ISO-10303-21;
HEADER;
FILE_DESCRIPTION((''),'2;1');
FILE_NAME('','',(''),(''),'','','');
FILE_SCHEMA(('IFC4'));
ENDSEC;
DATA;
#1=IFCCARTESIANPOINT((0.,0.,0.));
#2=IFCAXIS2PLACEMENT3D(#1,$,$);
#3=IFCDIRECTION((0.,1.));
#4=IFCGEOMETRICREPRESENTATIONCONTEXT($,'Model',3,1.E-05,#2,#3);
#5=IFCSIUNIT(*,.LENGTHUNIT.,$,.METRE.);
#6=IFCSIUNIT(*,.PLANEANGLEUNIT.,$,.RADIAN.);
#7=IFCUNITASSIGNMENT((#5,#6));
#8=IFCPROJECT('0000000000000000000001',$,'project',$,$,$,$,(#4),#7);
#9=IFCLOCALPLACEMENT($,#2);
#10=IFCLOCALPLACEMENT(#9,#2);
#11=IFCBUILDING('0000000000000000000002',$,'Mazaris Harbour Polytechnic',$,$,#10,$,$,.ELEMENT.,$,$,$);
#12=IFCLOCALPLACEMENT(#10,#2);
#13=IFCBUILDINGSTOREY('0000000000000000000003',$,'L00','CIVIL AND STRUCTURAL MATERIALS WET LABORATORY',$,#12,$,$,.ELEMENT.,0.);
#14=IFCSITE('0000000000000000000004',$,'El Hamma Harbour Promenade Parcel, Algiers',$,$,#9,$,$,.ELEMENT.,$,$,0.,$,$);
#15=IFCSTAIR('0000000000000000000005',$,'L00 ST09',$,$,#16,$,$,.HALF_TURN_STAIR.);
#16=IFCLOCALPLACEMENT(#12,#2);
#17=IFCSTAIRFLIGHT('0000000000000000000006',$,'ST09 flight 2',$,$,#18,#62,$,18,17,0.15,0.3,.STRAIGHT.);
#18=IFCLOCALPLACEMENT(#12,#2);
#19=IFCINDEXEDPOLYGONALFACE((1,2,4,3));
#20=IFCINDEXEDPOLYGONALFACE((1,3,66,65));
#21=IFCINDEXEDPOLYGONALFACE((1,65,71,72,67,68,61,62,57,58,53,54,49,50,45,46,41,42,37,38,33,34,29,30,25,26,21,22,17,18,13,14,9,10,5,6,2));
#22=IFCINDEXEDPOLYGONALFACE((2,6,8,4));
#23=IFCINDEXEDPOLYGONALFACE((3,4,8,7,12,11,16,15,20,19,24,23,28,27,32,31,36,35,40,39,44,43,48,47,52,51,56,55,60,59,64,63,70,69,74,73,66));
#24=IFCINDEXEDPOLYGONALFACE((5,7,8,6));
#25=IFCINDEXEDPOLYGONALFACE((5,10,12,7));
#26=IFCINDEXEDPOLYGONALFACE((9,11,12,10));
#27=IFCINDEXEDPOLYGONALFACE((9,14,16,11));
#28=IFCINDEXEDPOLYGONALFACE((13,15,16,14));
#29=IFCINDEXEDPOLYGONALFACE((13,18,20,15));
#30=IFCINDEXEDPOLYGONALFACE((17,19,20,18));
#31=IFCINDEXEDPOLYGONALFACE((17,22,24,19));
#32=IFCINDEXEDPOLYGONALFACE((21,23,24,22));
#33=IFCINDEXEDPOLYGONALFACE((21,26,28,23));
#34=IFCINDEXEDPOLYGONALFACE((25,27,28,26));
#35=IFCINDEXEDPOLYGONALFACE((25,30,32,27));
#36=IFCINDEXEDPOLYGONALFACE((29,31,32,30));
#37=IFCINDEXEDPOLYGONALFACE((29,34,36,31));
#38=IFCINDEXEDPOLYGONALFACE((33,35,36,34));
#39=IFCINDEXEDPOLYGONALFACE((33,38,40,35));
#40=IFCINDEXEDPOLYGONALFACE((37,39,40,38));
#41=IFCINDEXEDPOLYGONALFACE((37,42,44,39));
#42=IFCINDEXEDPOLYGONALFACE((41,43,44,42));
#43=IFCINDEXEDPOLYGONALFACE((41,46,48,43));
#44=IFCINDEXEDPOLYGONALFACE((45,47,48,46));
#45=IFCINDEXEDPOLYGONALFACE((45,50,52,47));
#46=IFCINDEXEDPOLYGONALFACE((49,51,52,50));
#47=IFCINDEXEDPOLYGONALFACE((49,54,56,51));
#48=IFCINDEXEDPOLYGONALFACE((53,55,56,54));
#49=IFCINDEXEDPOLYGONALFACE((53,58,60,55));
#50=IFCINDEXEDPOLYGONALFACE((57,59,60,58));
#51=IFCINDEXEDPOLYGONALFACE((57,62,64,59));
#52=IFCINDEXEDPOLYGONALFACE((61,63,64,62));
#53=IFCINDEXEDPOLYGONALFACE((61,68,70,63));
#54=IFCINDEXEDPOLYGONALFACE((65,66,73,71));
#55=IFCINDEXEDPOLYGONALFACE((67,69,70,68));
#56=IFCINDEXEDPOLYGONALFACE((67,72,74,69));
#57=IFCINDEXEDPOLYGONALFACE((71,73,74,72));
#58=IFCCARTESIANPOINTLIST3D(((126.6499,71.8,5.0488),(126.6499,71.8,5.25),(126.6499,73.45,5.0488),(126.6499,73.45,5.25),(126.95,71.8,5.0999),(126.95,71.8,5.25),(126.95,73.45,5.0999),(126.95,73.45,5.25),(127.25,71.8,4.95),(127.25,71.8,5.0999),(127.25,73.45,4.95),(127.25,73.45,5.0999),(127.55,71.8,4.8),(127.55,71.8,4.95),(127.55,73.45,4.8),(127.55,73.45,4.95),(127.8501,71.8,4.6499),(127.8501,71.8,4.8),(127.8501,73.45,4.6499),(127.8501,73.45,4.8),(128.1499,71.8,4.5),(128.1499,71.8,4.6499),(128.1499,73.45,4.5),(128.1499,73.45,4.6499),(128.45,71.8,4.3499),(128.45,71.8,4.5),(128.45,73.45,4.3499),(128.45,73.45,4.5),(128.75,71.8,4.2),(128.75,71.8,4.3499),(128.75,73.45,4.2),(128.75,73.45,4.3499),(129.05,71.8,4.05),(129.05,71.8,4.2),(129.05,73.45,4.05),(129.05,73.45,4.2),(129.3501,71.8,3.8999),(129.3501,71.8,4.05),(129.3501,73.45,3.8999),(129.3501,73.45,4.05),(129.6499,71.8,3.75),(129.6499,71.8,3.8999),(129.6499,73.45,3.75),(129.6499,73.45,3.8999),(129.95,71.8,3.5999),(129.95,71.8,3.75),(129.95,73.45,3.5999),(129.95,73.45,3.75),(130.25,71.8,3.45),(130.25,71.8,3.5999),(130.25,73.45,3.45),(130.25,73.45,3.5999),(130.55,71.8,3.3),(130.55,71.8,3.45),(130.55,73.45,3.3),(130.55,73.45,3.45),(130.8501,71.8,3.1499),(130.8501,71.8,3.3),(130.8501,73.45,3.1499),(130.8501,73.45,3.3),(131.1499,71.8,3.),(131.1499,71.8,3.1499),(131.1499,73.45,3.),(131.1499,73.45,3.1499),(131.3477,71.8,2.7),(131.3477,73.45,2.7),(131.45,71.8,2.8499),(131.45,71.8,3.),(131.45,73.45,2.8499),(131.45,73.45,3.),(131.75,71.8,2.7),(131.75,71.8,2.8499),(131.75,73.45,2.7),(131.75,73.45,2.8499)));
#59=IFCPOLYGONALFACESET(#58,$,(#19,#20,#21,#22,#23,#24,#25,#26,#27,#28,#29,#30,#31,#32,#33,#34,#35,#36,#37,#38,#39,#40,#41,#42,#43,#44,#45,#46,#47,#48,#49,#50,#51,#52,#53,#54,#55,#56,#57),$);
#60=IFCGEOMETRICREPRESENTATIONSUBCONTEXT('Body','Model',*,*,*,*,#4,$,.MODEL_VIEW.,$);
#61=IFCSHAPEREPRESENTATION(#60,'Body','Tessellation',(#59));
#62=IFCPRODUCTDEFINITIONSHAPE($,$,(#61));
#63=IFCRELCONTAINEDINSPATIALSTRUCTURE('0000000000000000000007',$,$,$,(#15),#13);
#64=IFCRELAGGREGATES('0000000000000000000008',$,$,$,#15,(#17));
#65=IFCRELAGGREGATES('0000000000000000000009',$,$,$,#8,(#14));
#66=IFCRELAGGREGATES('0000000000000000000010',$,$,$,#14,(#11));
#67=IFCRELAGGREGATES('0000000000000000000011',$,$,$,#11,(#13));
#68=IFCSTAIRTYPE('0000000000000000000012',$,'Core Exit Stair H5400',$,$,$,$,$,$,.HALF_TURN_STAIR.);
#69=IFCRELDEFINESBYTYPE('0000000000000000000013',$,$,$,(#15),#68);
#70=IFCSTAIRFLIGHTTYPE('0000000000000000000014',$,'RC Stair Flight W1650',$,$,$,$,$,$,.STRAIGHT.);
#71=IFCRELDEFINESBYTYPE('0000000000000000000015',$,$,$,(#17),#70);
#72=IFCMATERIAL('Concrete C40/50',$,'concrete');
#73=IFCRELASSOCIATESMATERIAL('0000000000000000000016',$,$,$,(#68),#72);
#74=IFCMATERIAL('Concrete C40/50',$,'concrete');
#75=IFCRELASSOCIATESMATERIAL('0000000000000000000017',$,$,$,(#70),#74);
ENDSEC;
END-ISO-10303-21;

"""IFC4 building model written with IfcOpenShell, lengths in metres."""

from ifc_helpers import new_model, si_unit, direction, frame, origin, place, context, subcontext, project, spatial, polyline, outline, extrude, material, type_object, element, aggregate, save


model = new_model("IFC4")

# Units and contexts
model_context = context("Model", 3, precision=1e-05, world=origin(), true_north=direction((0.0, 1.0)))
body_context = subcontext(model_context, "Body", "Model", "MODEL_VIEW")
ifc_project = project(units=[si_unit("LENGTHUNIT", "METRE"), si_unit("PLANEANGLEUNIT", "RADIAN")], contexts=[model_context])

# Site, building, storey
site_placement = place(None, origin())
site = spatial("IfcSite", under=ifc_project, at=site_placement, Name="El Hamma Harbour Promenade Parcel, Algiers", CompositionType="ELEMENT", RefElevation=0.0)
building_placement = place(site_placement, origin())
building = spatial("IfcBuilding", under=site, at=building_placement, Name="Mazaris Harbour Polytechnic", CompositionType="ELEMENT")
storey_placement = place(building_placement, origin())
storey = spatial("IfcBuildingStorey", under=building, at=storey_placement, Name="L00", Description="CIVIL AND STRUCTURAL MATERIALS WET LABORATORY", CompositionType="ELEMENT", Elevation=0.0)

# Stair, stair flight
ifc_material_1 = material(Name="Concrete C40/50", Category="concrete")
stair_type = type_object("IfcStairType", Name="Core Exit Stair H5400", PredefinedType="HALF_TURN_STAIR", material=ifc_material_1)
stair_placement = place(storey_placement, origin())
stair = element("IfcStair", 1, at=stair_placement, inside=storey, type_object=stair_type, Name="L00 ST09", PredefinedType="HALF_TURN_STAIR")
ifc_material_2 = material(Name="Concrete C40/50", Category="concrete")
stair_flight_type = type_object("IfcStairFlightType", Name="RC Stair Flight W1650", PredefinedType="STRAIGHT", material=ifc_material_2)
stair_flight_1_placement = place(storey_placement, frame((131.75, 72.625, 2.7), z_axis=(0.0, 0.0, 1.0), x_axis=(-1.0, 0.0, 0.0)))
stair_flight_1 = element("IfcStairFlight", 2, at=stair_flight_1_placement, type_object=stair_flight_type, Name="ST09 flight 2", NumberOfRisers=18, NumberOfTreads=17, PredefinedType="STRAIGHT", RiserHeight=0.15, TreadLength=0.3, context=body_context, shape_type="SweptSolid", body=[
    extrude(outline(polyline([(0.0, 0.0), (0.0, 0.1499), (0.3, 0.1499), (0.3, 0.3), (0.6001, 0.3), (0.6001, 0.45), (0.8999, 0.45), (0.8999, 0.6001), (1.2, 0.6001), (1.2, 0.75), (1.5, 0.75), (1.5, 0.8999), (1.8, 0.8999), (1.8, 1.05), (2.1001, 1.05), (2.1001, 1.2), (2.3999, 1.2), (2.3999, 1.3501), (2.7, 1.3501), (2.7, 1.5), (3.0, 1.5), (3.0, 1.6499), (3.3, 1.6499), (3.3, 1.8), (3.6001, 1.8), (3.6001, 1.95), (3.8999, 1.95), (3.8999, 2.1001), (4.2, 2.1001), (4.2, 2.25), (4.5, 2.25), (4.5, 2.3999), (4.8, 2.3999), (4.8, 2.55), (5.1001, 2.55), (5.1001, 2.7), (5.1001, 2.3489), (0.4023, 0.0), (0.0, 0.0)])), frame((0.0, 0.825, 0.0), z_axis=(0.0, -1.0, 0.0), x_axis=(1.0, 0.0, 0.0)), (0.0, 0.0, 1.0), 1.6499),
])
aggregate(stair, [stair_flight_1])

save(model, "model.ifc")
